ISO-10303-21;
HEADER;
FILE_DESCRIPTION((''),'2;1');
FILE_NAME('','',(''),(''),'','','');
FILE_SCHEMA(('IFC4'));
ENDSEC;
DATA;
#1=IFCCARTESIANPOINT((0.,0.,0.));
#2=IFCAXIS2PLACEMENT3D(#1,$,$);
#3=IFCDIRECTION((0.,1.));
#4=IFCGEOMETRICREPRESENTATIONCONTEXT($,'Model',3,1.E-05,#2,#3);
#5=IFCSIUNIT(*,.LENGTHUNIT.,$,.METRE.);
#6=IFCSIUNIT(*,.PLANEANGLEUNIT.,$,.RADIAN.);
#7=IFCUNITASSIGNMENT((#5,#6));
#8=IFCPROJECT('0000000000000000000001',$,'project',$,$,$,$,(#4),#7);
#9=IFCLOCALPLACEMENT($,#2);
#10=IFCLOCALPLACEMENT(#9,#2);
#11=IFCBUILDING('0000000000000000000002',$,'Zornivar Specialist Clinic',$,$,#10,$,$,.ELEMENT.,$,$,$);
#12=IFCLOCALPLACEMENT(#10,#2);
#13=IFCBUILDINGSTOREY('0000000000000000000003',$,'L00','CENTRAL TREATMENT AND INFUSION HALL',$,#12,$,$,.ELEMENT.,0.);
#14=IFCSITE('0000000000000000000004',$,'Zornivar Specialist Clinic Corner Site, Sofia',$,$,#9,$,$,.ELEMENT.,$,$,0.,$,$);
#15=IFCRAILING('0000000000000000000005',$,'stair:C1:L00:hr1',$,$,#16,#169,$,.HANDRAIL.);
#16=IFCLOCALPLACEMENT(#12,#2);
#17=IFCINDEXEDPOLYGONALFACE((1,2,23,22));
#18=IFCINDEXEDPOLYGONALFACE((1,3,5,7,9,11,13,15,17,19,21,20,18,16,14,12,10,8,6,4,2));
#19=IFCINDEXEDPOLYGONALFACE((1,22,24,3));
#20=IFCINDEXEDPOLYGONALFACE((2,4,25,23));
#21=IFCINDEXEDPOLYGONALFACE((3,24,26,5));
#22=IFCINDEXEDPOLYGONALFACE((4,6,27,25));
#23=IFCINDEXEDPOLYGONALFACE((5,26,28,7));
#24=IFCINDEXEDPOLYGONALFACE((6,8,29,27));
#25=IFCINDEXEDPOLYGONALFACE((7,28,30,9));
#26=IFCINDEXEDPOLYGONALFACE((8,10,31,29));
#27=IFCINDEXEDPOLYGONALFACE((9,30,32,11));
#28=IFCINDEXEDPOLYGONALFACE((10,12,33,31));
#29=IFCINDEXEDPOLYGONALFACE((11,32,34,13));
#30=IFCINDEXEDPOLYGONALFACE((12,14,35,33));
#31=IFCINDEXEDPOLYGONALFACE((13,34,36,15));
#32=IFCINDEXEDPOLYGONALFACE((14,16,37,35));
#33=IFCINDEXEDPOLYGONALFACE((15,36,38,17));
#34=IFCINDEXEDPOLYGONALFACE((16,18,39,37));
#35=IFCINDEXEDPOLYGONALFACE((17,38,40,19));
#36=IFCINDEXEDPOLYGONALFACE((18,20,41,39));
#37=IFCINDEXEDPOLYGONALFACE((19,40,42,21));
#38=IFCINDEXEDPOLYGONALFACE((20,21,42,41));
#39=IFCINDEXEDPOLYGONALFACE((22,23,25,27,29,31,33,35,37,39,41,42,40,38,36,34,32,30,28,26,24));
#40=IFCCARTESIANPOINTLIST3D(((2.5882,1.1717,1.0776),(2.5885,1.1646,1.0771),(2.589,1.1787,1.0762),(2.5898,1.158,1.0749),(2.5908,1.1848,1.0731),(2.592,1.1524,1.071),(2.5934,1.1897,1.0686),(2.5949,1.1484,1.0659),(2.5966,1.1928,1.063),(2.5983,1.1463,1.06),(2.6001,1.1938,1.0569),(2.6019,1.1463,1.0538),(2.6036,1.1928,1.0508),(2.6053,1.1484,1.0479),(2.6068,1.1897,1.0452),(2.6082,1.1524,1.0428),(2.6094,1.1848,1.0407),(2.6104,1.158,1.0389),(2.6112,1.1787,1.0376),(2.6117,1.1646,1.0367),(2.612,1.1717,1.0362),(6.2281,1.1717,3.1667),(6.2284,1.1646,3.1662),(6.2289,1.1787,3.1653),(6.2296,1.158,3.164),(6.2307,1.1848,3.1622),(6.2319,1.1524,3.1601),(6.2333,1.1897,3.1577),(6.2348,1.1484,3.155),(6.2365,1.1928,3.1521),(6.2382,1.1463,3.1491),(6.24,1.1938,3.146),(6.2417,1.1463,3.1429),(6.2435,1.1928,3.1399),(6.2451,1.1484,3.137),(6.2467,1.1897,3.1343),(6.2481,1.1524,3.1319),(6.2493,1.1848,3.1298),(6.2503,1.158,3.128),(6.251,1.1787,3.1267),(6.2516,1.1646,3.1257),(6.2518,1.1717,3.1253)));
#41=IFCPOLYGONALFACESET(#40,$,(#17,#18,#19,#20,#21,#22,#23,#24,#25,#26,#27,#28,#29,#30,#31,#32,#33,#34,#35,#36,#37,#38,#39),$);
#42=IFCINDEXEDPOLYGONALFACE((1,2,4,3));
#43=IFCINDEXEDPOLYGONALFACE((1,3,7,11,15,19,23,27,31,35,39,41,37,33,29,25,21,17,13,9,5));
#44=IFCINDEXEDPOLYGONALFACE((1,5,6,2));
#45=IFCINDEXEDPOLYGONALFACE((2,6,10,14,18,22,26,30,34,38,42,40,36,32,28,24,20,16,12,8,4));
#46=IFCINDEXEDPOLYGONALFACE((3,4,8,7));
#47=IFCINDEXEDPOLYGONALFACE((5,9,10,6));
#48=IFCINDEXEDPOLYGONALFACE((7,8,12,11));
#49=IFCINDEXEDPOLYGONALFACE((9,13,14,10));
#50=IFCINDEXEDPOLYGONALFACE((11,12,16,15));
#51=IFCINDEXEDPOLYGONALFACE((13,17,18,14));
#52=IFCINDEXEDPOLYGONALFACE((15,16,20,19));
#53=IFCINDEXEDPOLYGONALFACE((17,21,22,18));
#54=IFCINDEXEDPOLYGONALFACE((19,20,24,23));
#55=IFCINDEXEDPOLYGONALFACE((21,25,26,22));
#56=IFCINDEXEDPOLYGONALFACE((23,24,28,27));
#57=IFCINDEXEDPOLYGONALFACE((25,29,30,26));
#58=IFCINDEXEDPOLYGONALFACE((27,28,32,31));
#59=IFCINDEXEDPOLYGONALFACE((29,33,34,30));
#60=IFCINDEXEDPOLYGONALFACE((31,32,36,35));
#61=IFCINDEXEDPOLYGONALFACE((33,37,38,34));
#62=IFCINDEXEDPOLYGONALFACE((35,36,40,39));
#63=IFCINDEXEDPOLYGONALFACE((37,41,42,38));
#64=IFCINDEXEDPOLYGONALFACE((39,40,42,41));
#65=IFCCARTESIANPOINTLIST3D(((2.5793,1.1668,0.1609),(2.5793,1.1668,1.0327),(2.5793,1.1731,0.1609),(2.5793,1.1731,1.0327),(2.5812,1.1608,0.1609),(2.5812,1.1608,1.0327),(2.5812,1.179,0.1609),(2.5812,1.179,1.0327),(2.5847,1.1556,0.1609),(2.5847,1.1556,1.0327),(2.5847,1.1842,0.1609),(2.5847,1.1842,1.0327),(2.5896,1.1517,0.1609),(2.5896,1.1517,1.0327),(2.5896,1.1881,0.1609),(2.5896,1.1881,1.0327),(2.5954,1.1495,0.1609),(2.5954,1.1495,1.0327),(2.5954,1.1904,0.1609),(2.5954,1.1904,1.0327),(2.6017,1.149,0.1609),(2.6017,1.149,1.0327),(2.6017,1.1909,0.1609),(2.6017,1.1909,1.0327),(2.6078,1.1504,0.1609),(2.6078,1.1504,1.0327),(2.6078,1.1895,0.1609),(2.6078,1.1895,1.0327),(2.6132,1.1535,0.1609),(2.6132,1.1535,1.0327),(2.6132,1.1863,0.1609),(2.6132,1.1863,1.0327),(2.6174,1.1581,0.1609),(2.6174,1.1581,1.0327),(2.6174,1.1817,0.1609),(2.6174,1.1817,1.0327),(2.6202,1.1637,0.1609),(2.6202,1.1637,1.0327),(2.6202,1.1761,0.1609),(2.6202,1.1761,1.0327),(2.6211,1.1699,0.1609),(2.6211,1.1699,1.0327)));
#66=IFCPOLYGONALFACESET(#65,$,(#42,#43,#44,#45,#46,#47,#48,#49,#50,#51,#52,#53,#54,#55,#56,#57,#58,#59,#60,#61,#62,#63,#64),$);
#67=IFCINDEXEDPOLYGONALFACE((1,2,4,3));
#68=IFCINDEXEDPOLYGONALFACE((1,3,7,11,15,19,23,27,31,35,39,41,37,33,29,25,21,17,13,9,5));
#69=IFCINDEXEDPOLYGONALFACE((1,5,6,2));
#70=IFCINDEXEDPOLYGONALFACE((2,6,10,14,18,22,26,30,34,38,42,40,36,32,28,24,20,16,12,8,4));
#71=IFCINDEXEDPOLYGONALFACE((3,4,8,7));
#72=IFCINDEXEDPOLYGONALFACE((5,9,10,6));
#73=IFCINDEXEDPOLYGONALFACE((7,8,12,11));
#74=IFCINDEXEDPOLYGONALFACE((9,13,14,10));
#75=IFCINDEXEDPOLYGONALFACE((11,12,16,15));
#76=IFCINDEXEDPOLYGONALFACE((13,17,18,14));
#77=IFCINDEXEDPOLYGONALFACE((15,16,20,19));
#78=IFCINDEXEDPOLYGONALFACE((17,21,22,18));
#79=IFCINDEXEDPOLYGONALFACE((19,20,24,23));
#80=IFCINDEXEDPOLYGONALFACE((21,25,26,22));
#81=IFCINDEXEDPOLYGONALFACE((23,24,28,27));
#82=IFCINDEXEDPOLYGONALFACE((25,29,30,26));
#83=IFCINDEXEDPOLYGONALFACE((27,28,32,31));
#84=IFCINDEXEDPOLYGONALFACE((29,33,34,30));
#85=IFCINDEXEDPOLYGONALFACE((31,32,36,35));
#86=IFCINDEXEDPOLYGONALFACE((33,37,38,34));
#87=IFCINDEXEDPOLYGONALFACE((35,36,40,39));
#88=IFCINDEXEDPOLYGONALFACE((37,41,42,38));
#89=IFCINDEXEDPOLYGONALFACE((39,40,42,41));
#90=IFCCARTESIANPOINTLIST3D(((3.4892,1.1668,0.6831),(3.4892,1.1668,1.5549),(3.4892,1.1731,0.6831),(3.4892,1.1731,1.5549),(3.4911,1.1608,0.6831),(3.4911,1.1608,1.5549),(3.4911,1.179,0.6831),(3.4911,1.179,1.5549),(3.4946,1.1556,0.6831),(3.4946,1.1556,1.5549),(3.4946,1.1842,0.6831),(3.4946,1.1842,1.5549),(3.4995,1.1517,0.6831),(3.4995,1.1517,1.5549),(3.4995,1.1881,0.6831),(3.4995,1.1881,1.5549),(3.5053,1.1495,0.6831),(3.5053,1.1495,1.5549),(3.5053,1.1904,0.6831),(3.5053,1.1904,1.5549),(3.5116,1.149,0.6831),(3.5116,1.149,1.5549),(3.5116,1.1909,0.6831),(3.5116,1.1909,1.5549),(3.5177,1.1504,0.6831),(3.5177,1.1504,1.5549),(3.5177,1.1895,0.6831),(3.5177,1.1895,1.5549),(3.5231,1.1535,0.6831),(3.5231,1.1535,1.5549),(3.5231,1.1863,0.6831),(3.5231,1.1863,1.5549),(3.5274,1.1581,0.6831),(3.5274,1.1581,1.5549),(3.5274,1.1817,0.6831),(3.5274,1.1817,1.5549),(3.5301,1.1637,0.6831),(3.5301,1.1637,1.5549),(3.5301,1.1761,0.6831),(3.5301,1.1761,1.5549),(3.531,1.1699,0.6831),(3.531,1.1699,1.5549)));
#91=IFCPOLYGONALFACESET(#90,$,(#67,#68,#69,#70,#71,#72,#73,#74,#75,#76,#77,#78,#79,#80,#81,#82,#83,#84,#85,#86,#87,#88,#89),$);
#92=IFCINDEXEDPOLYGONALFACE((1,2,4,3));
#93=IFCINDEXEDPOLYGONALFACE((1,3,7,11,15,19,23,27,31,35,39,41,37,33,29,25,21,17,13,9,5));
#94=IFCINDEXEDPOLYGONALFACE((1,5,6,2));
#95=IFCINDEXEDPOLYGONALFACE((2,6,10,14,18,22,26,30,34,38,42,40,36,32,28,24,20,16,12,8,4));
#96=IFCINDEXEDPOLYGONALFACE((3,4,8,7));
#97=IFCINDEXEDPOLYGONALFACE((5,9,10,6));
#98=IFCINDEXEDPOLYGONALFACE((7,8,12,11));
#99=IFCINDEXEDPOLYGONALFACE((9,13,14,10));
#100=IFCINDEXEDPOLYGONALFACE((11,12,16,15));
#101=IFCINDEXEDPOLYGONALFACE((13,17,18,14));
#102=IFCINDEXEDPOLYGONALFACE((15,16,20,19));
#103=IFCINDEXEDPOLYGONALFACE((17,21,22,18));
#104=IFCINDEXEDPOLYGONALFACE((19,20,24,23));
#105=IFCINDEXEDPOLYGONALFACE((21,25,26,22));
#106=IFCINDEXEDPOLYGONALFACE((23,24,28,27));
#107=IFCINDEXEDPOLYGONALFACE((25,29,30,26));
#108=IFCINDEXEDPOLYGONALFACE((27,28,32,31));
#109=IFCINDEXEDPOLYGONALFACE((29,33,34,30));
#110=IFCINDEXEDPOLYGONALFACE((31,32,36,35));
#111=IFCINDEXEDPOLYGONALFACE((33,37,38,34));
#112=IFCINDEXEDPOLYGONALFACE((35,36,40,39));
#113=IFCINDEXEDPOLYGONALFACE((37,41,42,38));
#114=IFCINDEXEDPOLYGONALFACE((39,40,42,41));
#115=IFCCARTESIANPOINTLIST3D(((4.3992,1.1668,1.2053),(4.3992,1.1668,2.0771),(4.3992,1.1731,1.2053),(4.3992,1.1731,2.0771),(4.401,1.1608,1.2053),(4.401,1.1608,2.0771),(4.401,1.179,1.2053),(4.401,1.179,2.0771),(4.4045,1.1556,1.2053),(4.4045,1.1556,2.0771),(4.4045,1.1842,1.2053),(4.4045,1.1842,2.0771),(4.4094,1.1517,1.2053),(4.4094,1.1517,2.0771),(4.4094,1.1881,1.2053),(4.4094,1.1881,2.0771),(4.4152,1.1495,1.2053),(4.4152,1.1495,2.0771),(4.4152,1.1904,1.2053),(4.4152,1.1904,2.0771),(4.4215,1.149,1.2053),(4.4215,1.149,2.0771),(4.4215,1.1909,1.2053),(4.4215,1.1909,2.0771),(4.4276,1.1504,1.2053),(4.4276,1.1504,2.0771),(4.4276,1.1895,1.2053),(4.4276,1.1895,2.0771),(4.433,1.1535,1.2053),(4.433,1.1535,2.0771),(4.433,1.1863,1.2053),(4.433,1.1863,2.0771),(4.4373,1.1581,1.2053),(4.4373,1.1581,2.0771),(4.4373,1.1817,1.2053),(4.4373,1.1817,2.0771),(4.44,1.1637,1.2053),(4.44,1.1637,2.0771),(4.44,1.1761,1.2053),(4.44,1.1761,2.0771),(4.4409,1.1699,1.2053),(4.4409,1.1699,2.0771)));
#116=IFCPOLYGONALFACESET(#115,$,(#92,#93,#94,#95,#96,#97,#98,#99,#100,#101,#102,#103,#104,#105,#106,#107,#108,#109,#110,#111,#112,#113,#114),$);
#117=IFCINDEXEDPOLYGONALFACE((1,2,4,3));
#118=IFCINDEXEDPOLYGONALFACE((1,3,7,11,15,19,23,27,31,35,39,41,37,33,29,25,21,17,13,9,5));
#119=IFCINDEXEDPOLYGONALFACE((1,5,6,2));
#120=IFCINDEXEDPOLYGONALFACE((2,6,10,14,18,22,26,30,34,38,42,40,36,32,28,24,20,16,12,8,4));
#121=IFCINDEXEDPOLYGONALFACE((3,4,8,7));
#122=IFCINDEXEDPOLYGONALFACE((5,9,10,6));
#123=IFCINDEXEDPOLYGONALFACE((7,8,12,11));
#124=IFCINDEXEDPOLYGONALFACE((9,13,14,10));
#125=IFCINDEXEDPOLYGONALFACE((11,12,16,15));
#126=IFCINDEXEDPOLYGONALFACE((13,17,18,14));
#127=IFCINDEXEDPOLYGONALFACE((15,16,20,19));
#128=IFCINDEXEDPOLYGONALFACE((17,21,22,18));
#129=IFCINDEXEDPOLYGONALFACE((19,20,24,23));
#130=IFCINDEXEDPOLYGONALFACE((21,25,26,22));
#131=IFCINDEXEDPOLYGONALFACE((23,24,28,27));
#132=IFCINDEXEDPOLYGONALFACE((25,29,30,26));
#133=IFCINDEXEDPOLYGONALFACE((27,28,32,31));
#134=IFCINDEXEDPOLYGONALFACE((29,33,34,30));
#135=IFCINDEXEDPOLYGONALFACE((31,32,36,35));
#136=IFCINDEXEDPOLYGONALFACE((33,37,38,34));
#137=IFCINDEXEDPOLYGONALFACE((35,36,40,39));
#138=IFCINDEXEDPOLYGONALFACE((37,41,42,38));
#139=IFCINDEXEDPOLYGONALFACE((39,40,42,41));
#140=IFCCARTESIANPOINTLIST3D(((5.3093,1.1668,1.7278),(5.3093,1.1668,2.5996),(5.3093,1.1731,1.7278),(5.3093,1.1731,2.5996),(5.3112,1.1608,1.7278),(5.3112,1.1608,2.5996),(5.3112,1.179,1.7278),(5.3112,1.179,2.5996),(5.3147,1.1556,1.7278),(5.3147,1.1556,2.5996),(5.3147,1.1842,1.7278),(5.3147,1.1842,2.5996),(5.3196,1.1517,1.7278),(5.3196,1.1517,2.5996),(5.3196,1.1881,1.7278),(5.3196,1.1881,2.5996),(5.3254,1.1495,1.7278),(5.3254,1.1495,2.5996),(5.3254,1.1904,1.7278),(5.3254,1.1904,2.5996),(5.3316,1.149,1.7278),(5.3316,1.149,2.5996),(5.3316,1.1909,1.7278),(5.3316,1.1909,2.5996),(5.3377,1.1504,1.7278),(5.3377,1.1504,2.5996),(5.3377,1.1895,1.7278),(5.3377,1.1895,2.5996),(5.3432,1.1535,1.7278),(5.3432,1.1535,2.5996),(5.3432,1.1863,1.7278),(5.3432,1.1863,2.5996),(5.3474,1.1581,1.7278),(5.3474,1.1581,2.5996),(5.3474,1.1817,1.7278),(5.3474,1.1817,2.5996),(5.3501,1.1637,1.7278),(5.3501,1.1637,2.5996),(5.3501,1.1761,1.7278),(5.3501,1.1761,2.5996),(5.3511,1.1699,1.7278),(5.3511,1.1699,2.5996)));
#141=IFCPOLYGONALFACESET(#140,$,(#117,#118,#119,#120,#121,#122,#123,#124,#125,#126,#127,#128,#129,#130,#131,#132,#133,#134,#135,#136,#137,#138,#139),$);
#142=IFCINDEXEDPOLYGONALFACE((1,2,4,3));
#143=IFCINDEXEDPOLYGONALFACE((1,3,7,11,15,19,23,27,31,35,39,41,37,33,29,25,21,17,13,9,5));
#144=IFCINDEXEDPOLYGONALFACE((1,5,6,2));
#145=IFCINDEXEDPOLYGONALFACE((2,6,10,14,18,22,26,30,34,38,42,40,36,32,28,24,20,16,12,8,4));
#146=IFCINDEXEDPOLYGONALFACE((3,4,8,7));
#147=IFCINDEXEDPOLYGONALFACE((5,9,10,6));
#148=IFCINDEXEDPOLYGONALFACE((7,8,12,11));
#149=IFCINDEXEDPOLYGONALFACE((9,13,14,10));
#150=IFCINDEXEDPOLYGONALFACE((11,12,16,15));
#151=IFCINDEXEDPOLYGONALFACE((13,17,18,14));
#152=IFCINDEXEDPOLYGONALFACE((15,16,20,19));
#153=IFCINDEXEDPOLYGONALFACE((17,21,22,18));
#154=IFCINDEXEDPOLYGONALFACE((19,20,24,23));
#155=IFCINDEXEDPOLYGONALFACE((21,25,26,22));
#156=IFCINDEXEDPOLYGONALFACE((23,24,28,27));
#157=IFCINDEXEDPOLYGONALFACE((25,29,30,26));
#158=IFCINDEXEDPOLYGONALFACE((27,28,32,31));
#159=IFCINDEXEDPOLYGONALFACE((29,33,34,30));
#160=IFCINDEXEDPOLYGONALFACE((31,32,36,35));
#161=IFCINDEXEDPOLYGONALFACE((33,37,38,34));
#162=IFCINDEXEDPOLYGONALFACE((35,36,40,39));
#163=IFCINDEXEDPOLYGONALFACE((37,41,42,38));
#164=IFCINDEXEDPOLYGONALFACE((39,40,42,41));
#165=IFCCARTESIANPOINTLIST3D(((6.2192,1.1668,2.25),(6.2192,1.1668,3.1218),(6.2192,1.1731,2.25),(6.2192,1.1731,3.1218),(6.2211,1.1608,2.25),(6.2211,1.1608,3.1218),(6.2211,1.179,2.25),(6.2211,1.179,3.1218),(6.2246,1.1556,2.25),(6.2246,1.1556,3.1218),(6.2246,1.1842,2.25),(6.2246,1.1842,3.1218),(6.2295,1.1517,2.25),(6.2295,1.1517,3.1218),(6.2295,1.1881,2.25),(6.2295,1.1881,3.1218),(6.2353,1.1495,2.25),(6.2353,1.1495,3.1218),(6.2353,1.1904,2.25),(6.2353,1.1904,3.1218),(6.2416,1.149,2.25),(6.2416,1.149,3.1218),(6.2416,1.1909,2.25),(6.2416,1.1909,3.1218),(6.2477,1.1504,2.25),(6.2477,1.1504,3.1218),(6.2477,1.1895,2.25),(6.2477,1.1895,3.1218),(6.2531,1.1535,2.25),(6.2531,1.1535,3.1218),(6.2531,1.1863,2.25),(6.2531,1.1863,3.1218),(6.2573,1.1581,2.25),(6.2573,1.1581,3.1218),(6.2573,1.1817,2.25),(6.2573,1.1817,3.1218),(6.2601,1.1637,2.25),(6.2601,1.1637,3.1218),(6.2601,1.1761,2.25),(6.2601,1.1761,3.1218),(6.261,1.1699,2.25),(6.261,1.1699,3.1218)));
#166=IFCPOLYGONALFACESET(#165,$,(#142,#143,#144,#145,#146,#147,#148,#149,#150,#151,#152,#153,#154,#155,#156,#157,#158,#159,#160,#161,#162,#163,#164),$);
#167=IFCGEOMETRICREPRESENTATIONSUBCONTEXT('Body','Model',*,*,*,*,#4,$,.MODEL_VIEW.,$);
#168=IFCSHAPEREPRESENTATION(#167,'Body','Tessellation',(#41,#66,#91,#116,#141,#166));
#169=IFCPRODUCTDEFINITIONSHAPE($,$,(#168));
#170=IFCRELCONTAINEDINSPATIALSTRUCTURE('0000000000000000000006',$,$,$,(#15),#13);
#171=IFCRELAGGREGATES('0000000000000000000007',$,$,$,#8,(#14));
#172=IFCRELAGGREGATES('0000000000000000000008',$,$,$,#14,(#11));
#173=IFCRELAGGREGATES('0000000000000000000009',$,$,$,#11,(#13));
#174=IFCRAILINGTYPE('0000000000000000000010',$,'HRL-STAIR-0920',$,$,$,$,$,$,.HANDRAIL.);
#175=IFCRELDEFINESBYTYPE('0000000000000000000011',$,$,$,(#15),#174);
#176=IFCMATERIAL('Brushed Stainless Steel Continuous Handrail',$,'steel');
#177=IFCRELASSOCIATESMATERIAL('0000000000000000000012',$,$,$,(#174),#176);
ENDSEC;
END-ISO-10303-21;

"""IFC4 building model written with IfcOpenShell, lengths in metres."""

from ifc_helpers import new_model, si_unit, direction, frame, origin, origin_2d, place, context, subcontext, project, spatial, circle, extrude, material, type_object, element, save


model = new_model("IFC4")

# Units and contexts
model_context = context("Model", 3, precision=1e-05, world=origin(), true_north=direction((0.0, 1.0)))
body_context = subcontext(model_context, "Body", "Model", "MODEL_VIEW")
ifc_project = project(units=[si_unit("LENGTHUNIT", "METRE"), si_unit("PLANEANGLEUNIT", "RADIAN")], contexts=[model_context])

# Site, building, storey
site_placement = place(None, origin())
site = spatial("IfcSite", under=ifc_project, at=site_placement, Name="Zornivar Specialist Clinic Corner Site, Sofia", CompositionType="ELEMENT", RefElevation=0.0)
building_placement = place(site_placement, origin())
building = spatial("IfcBuilding", under=site, at=building_placement, Name="Zornivar Specialist Clinic", CompositionType="ELEMENT")
storey_placement = place(building_placement, origin())
storey = spatial("IfcBuildingStorey", under=building, at=storey_placement, Name="L00", Description="CENTRAL TREATMENT AND INFUSION HALL", CompositionType="ELEMENT", Elevation=0.0)

# Railing
ifc_material_1 = material(Name="Brushed Stainless Steel Continuous Handrail", Category="steel")
railing_type_1 = type_object("IfcRailingType", Name="HRL-STAIR-0920", PredefinedType="HANDRAIL", material=ifc_material_1)
railing_1_placement = place(storey_placement, frame((2.6001, 1.1699, 0.1609)))
element("IfcRailing", 1, at=railing_1_placement, inside=storey, type_object=railing_type_1, Name="stair:C1:L00:hr1", PredefinedType="HANDRAIL", context=body_context, shape_type="SweptSolid", body=[
    extrude(circle(Radius=0.0239, at=origin_2d()), frame((0.0, 0.0, 0.896), z_axis=(0.8673, 0.0, 0.497786), x_axis=(0.0, 1.0, 0.0)), (0.0, 0.0, 1.0), 4.1968),
    extrude(circle(Radius=0.021, at=origin_2d()), origin(), (0.0, 0.0, 1.0), 0.8718),
    extrude(circle(Radius=0.021, at=origin_2d()), frame((0.9099, 0.0, 0.5222)), (0.0, 0.0, 1.0), 0.8718),
    extrude(circle(Radius=0.021, at=origin_2d()), frame((1.8198, 0.0, 1.0444)), (0.0, 0.0, 1.0), 0.8718),
    extrude(circle(Radius=0.021, at=origin_2d()), frame((2.73, 0.0, 1.5669)), (0.0, 0.0, 1.0), 0.8718),
    extrude(circle(Radius=0.021, at=origin_2d()), frame((3.6399, 0.0, 2.0891)), (0.0, 0.0, 1.0), 0.8718),
])

save(model, "model.ifc")
